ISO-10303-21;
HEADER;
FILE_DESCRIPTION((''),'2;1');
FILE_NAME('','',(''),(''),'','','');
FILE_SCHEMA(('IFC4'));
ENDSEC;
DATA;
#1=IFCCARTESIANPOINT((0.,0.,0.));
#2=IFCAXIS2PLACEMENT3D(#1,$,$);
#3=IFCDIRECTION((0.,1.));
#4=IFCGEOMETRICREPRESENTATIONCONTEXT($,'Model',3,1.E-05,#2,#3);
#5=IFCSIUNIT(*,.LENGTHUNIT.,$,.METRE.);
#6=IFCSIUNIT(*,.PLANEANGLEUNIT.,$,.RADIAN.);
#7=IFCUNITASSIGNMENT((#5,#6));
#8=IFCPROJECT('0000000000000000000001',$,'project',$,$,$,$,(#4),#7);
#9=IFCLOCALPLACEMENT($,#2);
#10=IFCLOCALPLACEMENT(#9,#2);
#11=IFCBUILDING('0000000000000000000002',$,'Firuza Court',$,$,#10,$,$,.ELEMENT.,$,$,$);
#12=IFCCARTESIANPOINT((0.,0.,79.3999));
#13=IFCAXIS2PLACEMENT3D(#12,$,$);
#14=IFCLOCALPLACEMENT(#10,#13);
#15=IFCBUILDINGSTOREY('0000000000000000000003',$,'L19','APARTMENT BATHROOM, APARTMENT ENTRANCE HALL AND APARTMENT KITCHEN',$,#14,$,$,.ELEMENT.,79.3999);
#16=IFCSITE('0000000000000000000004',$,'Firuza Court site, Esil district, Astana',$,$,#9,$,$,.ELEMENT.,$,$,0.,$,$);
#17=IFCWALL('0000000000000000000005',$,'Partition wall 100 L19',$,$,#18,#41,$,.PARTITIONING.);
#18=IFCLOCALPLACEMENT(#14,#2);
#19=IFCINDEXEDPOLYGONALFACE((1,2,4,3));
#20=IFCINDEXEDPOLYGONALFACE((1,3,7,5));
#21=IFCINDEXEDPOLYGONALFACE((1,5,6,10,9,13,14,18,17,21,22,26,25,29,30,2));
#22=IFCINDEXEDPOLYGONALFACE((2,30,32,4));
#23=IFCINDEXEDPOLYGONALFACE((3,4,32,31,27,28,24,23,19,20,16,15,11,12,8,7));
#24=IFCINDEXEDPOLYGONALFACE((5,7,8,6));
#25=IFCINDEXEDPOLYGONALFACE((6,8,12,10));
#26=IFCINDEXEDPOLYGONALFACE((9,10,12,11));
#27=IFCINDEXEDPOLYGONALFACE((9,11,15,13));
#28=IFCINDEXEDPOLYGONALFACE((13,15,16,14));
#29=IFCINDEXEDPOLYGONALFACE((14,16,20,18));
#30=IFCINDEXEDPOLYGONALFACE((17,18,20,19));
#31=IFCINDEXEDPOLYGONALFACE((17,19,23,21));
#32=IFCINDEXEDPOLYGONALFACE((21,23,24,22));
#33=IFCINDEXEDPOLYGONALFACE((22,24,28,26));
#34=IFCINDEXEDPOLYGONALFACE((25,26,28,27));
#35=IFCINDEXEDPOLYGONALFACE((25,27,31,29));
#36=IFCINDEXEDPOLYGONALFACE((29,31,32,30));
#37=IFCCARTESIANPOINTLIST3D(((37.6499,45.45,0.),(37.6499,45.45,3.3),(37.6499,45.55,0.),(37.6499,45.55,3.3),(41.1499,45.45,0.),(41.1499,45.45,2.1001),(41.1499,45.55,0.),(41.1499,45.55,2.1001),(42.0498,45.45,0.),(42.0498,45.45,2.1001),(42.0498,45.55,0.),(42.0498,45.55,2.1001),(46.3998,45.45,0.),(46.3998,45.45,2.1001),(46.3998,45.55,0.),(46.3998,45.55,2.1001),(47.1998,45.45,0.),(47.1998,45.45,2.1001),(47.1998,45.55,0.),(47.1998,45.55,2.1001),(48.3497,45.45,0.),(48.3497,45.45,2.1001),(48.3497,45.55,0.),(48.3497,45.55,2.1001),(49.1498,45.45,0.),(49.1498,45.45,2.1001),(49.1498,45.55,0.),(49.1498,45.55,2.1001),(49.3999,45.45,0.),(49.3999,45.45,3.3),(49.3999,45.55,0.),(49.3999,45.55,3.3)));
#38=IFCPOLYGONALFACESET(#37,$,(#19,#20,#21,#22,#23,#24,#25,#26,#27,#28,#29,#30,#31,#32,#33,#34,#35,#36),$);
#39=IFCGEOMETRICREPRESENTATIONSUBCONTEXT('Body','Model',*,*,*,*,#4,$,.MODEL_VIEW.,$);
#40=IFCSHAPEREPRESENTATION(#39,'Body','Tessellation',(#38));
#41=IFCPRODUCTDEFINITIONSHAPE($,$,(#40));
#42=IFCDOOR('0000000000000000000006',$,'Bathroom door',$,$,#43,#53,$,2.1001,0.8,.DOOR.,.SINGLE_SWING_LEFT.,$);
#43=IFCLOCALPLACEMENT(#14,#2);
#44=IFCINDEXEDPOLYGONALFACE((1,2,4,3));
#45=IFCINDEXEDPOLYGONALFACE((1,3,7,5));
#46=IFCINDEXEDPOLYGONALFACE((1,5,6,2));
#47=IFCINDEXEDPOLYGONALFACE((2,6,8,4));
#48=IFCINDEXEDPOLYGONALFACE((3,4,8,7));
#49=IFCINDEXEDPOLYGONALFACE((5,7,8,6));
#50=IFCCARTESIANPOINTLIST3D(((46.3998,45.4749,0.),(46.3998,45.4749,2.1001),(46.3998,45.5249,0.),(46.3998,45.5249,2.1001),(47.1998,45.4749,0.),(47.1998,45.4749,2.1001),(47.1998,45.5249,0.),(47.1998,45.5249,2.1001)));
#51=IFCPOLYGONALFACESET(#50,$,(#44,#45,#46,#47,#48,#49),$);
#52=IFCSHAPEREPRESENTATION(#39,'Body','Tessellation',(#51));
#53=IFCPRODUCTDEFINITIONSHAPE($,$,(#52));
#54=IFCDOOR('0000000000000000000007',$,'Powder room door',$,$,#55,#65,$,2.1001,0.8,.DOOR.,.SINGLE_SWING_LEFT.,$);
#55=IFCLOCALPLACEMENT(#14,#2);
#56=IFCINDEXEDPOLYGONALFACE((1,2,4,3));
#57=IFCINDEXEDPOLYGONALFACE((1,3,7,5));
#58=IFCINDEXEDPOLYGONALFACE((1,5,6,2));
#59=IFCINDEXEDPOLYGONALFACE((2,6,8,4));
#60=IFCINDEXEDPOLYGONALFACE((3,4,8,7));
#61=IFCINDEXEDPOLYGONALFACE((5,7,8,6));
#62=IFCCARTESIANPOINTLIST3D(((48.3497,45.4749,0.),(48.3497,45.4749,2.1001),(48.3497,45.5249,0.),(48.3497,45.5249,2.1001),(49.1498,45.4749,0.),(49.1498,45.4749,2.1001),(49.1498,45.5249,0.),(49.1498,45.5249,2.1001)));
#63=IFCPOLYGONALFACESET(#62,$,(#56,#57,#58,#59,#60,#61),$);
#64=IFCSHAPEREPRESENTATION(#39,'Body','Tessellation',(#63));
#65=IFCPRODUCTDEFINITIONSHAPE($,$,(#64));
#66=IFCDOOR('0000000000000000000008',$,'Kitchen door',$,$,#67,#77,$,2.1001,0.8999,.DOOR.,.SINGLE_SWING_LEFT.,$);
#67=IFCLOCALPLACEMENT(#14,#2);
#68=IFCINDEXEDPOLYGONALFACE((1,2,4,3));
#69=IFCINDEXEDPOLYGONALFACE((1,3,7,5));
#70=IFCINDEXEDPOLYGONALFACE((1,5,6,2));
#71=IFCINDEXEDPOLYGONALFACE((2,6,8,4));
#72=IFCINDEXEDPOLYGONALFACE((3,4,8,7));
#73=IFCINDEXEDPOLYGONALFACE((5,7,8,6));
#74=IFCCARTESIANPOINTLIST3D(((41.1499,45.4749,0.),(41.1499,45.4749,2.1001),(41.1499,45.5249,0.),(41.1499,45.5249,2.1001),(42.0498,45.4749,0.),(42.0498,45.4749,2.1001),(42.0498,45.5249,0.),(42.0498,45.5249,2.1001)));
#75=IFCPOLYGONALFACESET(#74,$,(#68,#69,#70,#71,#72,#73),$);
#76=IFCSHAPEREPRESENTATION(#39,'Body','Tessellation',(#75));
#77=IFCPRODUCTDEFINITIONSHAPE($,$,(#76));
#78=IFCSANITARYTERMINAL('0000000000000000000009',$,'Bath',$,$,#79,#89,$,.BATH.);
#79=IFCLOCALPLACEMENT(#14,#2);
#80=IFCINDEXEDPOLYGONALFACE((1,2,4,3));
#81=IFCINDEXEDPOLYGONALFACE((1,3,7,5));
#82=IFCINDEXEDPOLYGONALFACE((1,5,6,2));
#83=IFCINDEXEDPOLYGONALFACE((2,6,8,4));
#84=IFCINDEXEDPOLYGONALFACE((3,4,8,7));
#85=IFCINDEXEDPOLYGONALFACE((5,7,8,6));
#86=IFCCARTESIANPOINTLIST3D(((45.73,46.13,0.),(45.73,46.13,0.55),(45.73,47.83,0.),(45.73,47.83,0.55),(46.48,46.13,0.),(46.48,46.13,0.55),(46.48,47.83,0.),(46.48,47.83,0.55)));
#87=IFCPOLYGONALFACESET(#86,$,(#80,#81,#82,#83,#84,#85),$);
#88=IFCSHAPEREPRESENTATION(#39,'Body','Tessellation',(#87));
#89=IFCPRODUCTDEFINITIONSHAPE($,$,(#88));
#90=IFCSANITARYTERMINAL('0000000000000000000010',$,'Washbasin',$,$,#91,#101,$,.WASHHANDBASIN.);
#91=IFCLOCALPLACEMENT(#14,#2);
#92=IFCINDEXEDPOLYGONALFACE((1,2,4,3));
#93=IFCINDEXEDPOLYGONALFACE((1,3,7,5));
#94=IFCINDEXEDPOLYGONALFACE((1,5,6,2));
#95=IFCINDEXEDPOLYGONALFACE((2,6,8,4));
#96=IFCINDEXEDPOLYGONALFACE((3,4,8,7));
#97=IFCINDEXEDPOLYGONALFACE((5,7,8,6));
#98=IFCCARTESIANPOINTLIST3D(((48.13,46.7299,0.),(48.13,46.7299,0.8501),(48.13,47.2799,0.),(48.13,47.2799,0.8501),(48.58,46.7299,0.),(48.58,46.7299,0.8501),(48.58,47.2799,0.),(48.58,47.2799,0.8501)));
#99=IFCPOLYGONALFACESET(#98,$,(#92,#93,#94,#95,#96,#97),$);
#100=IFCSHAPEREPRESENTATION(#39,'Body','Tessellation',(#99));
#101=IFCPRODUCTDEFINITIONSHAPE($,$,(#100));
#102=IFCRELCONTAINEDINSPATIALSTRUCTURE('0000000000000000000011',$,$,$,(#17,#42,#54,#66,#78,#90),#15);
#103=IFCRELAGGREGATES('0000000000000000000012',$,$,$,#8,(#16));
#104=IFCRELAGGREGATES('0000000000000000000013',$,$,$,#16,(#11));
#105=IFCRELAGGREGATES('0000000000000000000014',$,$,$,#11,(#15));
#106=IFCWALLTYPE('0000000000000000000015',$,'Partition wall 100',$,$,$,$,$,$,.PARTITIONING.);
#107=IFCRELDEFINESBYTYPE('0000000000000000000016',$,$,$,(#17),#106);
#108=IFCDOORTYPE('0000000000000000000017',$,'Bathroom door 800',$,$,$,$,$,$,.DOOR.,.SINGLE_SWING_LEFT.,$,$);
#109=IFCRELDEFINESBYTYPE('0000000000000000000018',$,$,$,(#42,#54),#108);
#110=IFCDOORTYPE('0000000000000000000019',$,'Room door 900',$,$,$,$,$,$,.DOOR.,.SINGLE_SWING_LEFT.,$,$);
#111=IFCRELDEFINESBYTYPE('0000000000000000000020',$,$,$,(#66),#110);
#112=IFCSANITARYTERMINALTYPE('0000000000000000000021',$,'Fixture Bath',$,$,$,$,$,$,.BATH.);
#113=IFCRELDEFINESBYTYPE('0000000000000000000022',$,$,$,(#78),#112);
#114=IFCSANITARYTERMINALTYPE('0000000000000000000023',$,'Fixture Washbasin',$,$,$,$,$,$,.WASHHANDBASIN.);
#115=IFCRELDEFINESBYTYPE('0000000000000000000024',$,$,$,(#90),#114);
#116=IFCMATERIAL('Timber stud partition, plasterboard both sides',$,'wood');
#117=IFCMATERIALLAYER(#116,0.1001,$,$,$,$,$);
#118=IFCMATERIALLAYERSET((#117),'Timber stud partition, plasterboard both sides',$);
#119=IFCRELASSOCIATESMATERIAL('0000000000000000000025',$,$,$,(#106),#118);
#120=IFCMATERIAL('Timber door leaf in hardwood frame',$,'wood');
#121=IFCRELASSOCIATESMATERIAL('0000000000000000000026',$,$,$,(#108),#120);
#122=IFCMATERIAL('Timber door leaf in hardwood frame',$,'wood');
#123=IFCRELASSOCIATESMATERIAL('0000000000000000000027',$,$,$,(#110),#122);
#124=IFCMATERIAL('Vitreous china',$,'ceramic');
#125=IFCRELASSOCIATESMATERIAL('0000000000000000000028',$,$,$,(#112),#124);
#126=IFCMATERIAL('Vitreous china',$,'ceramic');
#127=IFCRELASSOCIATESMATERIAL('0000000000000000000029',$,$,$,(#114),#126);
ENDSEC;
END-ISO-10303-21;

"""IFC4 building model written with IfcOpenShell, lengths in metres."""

from ifc_helpers import new_model, si_unit, direction, frame, frame_2d, origin, origin_2d, place, context, subcontext, project, spatial, rectangle, extrude, material, layer, layer_set, type_object, element, fill, save


model = new_model("IFC4")

# Units and contexts
model_context = context("Model", 3, precision=1e-05, world=origin(), true_north=direction((0.0, 1.0)))
body_context = subcontext(model_context, "Body", "Model", "MODEL_VIEW")
ifc_project = project(units=[si_unit("LENGTHUNIT", "METRE"), si_unit("PLANEANGLEUNIT", "RADIAN")], contexts=[model_context])

# Site, building, storey
site_placement = place(None, origin())
site = spatial("IfcSite", under=ifc_project, at=site_placement, Name="Firuza Court site, Esil district, Astana", CompositionType="ELEMENT", RefElevation=0.0)
building_placement = place(site_placement, origin())
building = spatial("IfcBuilding", under=site, at=building_placement, Name="Firuza Court", CompositionType="ELEMENT")
storey_placement = place(building_placement, frame((0.0, 0.0, 79.3999)))
storey = spatial("IfcBuildingStorey", under=building, at=storey_placement, Name="L19", Description="APARTMENT BATHROOM, APARTMENT ENTRANCE HALL AND APARTMENT KITCHEN", CompositionType="ELEMENT", Elevation=79.3999)

# Shared definitions
ifc_material_1 = material(Name="Timber stud partition, plasterboard both sides", Category="wood")
ifc_layer_1 = layer(ifc_material_1, 0.1001)
ifc_layer_set_1 = layer_set([ifc_layer_1], Name="Timber stud partition, plasterboard both sides")
wall_type_1 = type_object("IfcWallType", Name="Partition wall 100", PredefinedType="PARTITIONING", material=ifc_layer_set_1)

# Wall, openings, doors
wall_1_placement = place(storey_placement, frame((37.6499, 45.5, 0.0), z_axis=(0.0, 0.0, 1.0), x_axis=(1.0, 0.0, 0.0)))
wall_1 = element("IfcWall", 1, at=wall_1_placement, inside=storey, type_object=wall_type_1, Name="Partition wall 100 L19", PredefinedType="PARTITIONING", context=body_context, shape_type="SweptSolid", body=[
    extrude(rectangle(XDim=11.75, YDim=0.1001, at=frame_2d((5.875, 0.0))), origin(), (0.0, 0.0, 1.0), 3.3),
])
opening_1_placement = place(wall_1_placement, frame((8.75, 0.0, 0.0)))
opening_1 = element("IfcOpeningElement", 2, at=opening_1_placement, cuts=wall_1, PredefinedType="OPENING", context=body_context, shape_type="SweptSolid", body=[
    extrude(rectangle(XDim=0.8, YDim=2.1001, at=frame_2d((0.3999, 1.05))), frame((0.0, 0.062, 0.0), z_axis=(0.0, -1.0, 0.0), x_axis=(1.0, 0.0, 0.0)), (0.0, 0.0, 1.0), 0.124),
])
opening_2_placement = place(wall_1_placement, frame((3.5, 0.0, 0.0)))
opening_2 = element("IfcOpeningElement", 3, at=opening_2_placement, cuts=wall_1, PredefinedType="OPENING", context=body_context, shape_type="SweptSolid", body=[
    extrude(rectangle(XDim=0.8999, YDim=2.1001, at=frame_2d((0.45, 1.05))), frame((0.0, 0.062, 0.0), z_axis=(0.0, -1.0, 0.0), x_axis=(1.0, 0.0, 0.0)), (0.0, 0.0, 1.0), 0.124),
])
opening_3_placement = place(wall_1_placement, frame((10.7, 0.0, 0.0)))
opening_3 = element("IfcOpeningElement", 4, at=opening_3_placement, cuts=wall_1, PredefinedType="OPENING", context=body_context, shape_type="SweptSolid", body=[
    extrude(rectangle(XDim=0.8, YDim=2.1001, at=frame_2d((0.3999, 1.05))), frame((0.0, 0.062, 0.0), z_axis=(0.0, -1.0, 0.0), x_axis=(1.0, 0.0, 0.0)), (0.0, 0.0, 1.0), 0.124),
])
ifc_material_2 = material(Name="Timber door leaf in hardwood frame", Category="wood")
door_type_1 = type_object("IfcDoorType", Name="Bathroom door 800", OperationType="SINGLE_SWING_LEFT", PredefinedType="DOOR", material=ifc_material_2)
door_1_placement = place(opening_1_placement, origin())
door_1 = element("IfcDoor", 5, at=door_1_placement, inside=storey, type_object=door_type_1, Name="Bathroom door", OperationType="SINGLE_SWING_LEFT", OverallHeight=2.1001, OverallWidth=0.8, PredefinedType="DOOR", context=body_context, shape_type="SweptSolid", body=[
    extrude(rectangle(XDim=0.8, YDim=2.1001, at=frame_2d((0.3999, 1.05))), frame((0.0, 0.0249, 0.0), z_axis=(0.0, -1.0, 0.0), x_axis=(1.0, 0.0, 0.0)), (0.0, 0.0, 1.0), 0.05),
])
fill(opening_1, door_1)
door_2_placement = place(opening_3_placement, origin())
door_2 = element("IfcDoor", 6, at=door_2_placement, inside=storey, type_object=door_type_1, Name="Powder room door", OperationType="SINGLE_SWING_LEFT", OverallHeight=2.1001, OverallWidth=0.8, PredefinedType="DOOR", context=body_context, shape_type="SweptSolid", body=[
    extrude(rectangle(XDim=0.8, YDim=2.1001, at=frame_2d((0.3999, 1.05))), frame((0.0, 0.0249, 0.0), z_axis=(0.0, -1.0, 0.0), x_axis=(1.0, 0.0, 0.0)), (0.0, 0.0, 1.0), 0.05),
])
fill(opening_3, door_2)
ifc_material_3 = material(Name="Timber door leaf in hardwood frame", Category="wood")
door_type_2 = type_object("IfcDoorType", Name="Room door 900", OperationType="SINGLE_SWING_LEFT", PredefinedType="DOOR", material=ifc_material_3)
door_3_placement = place(opening_2_placement, origin())
door_3 = element("IfcDoor", 7, at=door_3_placement, inside=storey, type_object=door_type_2, Name="Kitchen door", OperationType="SINGLE_SWING_LEFT", OverallHeight=2.1001, OverallWidth=0.8999, PredefinedType="DOOR", context=body_context, shape_type="SweptSolid", body=[
    extrude(rectangle(XDim=0.8999, YDim=2.1001, at=frame_2d((0.45, 1.05))), frame((0.0, 0.0249, 0.0), z_axis=(0.0, -1.0, 0.0), x_axis=(1.0, 0.0, 0.0)), (0.0, 0.0, 1.0), 0.05),
])
fill(opening_2, door_3)

# Sanitary terminals
ifc_material_4 = material(Name="Vitreous china", Category="ceramic")
sanitary_terminal_type_1 = type_object("IfcSanitaryTerminalType", Name="Fixture Bath", PredefinedType="BATH", material=ifc_material_4)
sanitary_terminal_1_placement = place(storey_placement, frame((46.105, 46.98, 0.0), z_axis=(0.0, 0.0, 1.0), x_axis=(1.0, 0.0, 0.0)))
element("IfcSanitaryTerminal", 8, at=sanitary_terminal_1_placement, inside=storey, type_object=sanitary_terminal_type_1, Name="Bath", PredefinedType="BATH", context=body_context, shape_type="SweptSolid", body=[
    extrude(rectangle(XDim=0.75, YDim=1.7, at=origin_2d()), origin(), (0.0, 0.0, 1.0), 0.55),
])
ifc_material_5 = material(Name="Vitreous china", Category="ceramic")
sanitary_terminal_type_2 = type_object("IfcSanitaryTerminalType", Name="Fixture Washbasin", PredefinedType="WASHHANDBASIN", material=ifc_material_5)
sanitary_terminal_2_placement = place(storey_placement, frame((48.355, 47.0049, 0.0), z_axis=(0.0, 0.0, 1.0), x_axis=(1.0, 0.0, 0.0)))
element("IfcSanitaryTerminal", 9, at=sanitary_terminal_2_placement, inside=storey, type_object=sanitary_terminal_type_2, Name="Washbasin", PredefinedType="WASHHANDBASIN", context=body_context, shape_type="SweptSolid", body=[
    extrude(rectangle(XDim=0.45, YDim=0.55, at=origin_2d()), origin(), (0.0, 0.0, 1.0), 0.8501),
])

save(model, "model.ifc")
